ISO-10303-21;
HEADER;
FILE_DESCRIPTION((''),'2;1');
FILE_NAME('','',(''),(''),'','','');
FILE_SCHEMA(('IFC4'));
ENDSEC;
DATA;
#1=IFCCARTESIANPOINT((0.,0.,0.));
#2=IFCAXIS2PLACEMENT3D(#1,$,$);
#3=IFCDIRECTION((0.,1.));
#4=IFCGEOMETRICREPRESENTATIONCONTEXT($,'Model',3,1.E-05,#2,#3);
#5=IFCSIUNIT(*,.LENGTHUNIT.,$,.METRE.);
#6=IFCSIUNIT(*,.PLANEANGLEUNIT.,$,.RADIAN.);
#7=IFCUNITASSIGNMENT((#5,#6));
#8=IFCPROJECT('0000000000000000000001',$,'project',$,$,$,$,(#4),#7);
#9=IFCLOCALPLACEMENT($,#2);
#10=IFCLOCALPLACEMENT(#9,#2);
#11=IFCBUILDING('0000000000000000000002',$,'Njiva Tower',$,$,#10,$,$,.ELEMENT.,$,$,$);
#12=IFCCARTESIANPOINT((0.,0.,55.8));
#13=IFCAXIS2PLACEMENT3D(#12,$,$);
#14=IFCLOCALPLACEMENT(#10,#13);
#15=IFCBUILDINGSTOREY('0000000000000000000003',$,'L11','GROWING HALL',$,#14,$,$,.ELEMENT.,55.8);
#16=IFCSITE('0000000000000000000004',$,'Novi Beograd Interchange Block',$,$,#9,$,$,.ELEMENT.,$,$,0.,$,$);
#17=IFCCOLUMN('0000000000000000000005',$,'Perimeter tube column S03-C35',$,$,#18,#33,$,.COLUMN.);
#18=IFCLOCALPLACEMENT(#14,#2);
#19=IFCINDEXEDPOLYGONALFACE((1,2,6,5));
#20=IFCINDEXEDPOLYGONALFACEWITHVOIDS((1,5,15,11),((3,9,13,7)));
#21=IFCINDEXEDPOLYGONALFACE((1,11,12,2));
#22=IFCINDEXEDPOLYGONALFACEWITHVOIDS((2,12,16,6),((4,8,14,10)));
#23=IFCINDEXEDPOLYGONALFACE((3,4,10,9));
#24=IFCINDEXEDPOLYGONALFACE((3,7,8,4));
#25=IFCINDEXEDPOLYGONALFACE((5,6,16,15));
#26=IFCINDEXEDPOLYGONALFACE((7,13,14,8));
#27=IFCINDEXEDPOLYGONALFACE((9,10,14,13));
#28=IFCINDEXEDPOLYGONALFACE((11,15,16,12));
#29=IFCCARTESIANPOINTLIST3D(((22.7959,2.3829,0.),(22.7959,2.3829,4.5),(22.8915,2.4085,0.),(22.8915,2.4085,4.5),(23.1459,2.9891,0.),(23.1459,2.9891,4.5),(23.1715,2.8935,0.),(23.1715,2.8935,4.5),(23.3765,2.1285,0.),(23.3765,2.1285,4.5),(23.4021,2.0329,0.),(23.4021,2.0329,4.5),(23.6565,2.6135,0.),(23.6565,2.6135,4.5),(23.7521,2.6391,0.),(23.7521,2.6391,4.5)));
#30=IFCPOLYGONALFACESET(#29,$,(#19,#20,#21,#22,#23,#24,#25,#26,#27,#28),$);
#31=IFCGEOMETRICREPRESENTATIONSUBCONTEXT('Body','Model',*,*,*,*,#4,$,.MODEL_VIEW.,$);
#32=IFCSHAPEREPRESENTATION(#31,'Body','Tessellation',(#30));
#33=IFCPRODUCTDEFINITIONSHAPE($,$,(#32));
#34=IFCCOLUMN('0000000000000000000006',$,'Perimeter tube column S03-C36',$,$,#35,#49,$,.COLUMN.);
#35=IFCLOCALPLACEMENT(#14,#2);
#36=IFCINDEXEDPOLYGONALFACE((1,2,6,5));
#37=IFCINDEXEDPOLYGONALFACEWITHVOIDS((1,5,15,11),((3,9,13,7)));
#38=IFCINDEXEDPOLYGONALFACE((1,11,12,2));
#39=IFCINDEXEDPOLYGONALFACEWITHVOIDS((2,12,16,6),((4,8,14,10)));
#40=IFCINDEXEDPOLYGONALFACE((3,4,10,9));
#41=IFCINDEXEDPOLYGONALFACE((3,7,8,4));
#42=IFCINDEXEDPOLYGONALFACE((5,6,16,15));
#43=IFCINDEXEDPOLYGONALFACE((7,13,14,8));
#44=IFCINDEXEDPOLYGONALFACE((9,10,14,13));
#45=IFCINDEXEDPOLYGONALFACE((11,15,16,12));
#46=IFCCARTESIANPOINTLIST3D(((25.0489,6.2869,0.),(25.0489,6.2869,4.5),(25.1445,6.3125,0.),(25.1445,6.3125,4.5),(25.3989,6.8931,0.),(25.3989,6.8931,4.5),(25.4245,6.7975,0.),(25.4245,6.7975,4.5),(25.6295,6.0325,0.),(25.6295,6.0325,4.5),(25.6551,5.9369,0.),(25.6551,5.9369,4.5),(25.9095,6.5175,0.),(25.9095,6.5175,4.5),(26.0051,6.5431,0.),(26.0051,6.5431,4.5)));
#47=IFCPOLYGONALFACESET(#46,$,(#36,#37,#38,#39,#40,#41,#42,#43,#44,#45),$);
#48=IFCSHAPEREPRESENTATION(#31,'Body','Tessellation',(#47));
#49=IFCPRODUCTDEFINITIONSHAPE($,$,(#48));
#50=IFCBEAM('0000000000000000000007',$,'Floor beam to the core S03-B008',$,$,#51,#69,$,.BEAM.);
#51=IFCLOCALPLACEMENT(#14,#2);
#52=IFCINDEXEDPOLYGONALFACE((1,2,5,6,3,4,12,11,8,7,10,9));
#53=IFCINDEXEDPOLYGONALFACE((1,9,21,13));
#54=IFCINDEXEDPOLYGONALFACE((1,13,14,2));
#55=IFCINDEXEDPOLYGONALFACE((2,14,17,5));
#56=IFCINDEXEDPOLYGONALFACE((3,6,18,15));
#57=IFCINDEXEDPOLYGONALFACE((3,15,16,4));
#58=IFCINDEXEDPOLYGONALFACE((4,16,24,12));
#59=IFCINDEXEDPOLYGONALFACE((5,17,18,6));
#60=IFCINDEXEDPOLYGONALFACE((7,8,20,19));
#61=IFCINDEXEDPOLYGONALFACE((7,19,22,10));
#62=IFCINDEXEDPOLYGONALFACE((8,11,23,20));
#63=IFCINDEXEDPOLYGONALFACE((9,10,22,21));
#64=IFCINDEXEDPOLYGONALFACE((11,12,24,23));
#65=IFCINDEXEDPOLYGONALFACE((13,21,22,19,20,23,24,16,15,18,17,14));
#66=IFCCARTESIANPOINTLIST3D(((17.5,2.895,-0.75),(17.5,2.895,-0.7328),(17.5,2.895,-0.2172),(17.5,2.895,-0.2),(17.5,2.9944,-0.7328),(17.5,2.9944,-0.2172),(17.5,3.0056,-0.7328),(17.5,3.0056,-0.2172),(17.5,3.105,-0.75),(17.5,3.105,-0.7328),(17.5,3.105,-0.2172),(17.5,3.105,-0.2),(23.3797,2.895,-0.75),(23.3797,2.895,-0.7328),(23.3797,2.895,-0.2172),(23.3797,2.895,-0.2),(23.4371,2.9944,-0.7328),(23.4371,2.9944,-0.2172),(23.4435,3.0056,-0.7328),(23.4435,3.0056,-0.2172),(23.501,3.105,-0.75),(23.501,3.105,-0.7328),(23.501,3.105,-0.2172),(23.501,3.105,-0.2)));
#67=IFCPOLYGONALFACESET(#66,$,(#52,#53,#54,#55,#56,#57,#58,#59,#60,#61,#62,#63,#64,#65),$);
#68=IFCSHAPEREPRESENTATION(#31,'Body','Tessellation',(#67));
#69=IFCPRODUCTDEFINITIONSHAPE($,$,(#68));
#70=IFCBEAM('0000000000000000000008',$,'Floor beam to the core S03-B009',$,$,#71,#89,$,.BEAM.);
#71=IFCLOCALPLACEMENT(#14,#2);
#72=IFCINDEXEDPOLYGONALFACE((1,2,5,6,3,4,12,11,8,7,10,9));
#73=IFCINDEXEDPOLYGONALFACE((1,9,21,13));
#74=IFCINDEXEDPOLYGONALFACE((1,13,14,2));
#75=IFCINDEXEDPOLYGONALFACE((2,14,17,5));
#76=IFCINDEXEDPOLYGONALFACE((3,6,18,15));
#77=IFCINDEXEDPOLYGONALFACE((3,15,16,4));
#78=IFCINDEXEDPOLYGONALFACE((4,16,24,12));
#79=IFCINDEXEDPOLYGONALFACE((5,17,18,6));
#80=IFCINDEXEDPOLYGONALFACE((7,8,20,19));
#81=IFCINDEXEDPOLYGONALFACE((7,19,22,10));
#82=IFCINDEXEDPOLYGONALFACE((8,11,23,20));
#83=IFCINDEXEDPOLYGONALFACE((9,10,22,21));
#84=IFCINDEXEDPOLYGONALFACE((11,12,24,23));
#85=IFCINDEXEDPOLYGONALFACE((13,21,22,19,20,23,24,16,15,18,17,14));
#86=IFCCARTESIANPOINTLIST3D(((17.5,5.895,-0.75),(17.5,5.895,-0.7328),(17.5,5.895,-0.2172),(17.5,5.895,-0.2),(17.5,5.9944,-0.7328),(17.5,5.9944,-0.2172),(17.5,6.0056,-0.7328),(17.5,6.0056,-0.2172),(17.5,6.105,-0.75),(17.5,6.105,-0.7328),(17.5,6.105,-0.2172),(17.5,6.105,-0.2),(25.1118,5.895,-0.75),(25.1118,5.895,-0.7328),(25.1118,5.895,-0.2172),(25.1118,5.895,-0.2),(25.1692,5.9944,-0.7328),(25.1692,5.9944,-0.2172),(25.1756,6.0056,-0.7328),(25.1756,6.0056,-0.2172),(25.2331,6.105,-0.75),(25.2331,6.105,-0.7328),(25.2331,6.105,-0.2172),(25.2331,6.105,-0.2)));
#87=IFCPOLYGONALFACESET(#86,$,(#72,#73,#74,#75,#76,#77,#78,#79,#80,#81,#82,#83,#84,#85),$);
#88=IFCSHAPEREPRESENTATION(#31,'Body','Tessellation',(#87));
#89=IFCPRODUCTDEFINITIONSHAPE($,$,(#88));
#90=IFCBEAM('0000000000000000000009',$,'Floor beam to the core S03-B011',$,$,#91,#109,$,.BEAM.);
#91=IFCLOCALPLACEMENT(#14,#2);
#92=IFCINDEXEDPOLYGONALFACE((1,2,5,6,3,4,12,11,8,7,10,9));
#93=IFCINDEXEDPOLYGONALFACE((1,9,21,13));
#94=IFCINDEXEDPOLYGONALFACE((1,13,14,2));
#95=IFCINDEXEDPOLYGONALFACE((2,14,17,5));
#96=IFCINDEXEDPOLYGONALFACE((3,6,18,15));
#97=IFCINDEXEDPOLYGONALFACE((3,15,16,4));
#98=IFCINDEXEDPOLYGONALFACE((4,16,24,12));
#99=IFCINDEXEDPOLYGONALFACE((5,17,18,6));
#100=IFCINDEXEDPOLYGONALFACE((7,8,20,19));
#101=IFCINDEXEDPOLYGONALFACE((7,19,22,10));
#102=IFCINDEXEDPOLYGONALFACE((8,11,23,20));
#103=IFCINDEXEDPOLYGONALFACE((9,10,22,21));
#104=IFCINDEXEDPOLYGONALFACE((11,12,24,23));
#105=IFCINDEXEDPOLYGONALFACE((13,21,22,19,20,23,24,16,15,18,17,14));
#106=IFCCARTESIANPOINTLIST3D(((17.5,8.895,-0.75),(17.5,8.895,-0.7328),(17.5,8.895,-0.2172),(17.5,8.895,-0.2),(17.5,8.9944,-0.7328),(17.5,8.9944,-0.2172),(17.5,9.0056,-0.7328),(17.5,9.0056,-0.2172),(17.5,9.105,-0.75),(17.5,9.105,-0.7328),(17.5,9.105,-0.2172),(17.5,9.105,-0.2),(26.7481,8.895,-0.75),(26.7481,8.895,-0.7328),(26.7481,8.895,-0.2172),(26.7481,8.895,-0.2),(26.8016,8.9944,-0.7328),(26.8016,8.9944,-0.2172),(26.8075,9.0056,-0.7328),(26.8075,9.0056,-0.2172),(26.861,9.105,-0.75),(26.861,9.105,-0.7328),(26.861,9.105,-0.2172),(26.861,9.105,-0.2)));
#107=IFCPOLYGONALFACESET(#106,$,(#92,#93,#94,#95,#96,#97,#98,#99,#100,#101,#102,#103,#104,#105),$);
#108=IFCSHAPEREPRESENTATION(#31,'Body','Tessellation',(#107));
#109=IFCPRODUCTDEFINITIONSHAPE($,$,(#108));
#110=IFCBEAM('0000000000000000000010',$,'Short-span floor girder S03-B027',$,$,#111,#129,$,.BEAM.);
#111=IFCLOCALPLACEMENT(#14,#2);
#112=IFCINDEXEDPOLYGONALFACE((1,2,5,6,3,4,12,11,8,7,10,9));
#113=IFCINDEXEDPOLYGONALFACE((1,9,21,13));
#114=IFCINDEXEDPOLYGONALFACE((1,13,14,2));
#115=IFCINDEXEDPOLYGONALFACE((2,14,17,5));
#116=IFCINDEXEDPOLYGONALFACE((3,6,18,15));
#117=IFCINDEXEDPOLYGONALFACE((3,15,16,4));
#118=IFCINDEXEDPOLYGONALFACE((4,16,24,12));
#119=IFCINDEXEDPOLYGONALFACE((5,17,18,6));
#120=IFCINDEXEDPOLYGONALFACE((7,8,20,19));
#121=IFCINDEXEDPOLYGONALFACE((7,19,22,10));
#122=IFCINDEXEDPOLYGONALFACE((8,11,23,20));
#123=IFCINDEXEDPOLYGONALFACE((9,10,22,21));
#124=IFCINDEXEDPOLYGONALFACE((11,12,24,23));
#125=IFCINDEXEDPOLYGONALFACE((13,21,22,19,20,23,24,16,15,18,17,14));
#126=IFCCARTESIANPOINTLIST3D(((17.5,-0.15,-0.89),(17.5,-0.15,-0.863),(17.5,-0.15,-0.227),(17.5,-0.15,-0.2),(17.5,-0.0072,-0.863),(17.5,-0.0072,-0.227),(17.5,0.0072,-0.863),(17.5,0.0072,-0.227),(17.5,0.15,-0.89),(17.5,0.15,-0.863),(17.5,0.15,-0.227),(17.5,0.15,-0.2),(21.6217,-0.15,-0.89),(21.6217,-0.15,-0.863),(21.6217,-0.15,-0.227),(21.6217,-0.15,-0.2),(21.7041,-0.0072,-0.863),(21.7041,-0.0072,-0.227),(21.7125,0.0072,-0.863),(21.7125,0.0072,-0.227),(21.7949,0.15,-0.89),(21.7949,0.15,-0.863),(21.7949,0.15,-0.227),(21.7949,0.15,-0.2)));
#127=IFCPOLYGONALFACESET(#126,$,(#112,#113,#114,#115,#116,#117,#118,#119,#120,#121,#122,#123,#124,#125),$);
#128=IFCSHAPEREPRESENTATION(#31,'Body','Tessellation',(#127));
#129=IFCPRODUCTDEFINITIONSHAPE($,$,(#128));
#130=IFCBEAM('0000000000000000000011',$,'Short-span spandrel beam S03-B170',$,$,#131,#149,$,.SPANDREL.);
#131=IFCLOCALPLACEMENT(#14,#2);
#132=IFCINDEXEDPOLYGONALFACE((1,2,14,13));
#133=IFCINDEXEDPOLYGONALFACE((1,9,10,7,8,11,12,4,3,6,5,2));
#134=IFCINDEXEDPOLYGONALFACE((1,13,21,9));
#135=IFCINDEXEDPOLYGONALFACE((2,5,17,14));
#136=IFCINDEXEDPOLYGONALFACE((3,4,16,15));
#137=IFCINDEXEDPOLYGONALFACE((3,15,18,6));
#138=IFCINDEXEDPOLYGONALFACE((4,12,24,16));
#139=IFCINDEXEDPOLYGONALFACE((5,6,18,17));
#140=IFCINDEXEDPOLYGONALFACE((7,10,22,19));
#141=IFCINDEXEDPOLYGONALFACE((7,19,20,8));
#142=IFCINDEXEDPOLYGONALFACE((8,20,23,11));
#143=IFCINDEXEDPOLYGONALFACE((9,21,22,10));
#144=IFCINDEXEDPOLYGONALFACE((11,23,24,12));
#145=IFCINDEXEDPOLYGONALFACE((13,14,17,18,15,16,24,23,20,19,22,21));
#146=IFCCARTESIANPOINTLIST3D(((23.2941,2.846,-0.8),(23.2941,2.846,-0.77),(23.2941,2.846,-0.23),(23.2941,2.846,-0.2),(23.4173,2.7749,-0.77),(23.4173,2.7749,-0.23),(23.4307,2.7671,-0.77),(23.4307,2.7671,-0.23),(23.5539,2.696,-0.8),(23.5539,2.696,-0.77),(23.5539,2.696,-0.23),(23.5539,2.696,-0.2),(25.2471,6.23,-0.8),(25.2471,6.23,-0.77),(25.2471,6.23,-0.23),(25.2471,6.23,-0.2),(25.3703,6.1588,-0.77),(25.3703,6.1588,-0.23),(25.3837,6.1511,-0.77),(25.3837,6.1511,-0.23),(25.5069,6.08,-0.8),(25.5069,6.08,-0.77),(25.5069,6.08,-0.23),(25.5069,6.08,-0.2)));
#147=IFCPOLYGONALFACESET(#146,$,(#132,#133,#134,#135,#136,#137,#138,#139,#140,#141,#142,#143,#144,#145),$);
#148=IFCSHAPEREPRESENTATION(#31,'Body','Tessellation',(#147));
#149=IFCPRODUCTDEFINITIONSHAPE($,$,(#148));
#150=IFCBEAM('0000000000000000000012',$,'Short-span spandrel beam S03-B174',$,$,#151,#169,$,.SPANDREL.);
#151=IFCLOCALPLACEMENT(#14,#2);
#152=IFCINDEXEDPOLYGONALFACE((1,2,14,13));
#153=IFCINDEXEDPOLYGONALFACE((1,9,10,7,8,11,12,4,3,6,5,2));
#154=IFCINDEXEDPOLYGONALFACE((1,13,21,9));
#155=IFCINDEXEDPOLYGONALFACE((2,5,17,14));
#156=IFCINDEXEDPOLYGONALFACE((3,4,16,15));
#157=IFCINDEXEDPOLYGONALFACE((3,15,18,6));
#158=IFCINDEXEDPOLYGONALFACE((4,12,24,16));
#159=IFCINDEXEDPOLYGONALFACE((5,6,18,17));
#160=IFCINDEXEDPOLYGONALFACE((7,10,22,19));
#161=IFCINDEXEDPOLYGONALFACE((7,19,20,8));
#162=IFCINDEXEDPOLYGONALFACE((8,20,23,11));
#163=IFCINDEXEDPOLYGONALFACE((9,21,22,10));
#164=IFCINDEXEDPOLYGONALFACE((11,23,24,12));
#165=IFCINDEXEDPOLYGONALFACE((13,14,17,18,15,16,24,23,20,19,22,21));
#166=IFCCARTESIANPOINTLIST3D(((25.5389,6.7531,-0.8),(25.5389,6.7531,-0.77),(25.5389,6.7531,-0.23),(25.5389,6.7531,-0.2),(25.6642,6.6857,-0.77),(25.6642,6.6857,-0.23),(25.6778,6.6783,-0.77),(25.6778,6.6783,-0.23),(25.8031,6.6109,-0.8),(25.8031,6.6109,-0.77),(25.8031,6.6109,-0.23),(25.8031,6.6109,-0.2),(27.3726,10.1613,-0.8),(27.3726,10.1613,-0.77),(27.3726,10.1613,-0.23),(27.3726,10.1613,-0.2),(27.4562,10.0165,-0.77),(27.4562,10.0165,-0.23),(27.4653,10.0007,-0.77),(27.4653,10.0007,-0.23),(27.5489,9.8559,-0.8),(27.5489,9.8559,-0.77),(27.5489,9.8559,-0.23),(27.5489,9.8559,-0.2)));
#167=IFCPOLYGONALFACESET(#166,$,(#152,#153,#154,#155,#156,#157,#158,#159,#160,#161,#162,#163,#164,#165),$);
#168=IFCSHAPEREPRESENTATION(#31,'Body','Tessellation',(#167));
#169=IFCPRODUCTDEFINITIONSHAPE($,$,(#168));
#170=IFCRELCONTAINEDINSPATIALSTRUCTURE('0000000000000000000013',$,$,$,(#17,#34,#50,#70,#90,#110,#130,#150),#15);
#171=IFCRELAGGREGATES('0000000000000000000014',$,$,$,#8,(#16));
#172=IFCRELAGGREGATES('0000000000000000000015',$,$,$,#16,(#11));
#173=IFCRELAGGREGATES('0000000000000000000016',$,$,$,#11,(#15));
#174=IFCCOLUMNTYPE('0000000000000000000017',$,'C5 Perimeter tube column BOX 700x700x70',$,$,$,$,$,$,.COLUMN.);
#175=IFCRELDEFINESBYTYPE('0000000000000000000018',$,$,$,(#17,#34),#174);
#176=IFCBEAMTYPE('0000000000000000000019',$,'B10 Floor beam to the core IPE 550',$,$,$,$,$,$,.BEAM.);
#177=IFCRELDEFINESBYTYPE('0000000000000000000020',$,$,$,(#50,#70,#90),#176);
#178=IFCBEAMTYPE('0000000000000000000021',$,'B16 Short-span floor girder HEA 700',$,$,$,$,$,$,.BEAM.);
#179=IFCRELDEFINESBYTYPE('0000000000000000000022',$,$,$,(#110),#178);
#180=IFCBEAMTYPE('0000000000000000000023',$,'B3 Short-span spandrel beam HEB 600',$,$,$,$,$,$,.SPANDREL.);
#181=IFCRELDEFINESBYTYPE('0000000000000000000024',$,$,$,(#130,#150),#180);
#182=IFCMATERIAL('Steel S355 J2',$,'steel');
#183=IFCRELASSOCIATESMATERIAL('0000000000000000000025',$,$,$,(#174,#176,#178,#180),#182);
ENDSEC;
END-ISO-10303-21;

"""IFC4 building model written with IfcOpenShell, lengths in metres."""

from ifc_helpers import new_model, si_unit, direction, frame, origin, origin_2d, place, context, subcontext, project, spatial, hollow_rectangle, i_section, extrude, clip, halfspace, material, material_profile, profile_set, type_object, element, save


model = new_model("IFC4")

# Units and contexts
model_context = context("Model", 3, precision=1e-05, world=origin(), true_north=direction((0.0, 1.0)))
body_context = subcontext(model_context, "Body", "Model", "MODEL_VIEW")
ifc_project = project(units=[si_unit("LENGTHUNIT", "METRE"), si_unit("PLANEANGLEUNIT", "RADIAN")], contexts=[model_context])

# Site, building, storey
site_placement = place(None, origin())
site = spatial("IfcSite", under=ifc_project, at=site_placement, Name="Novi Beograd Interchange Block", CompositionType="ELEMENT", RefElevation=0.0)
building_placement = place(site_placement, origin())
building = spatial("IfcBuilding", under=site, at=building_placement, Name="Njiva Tower", CompositionType="ELEMENT")
storey_placement = place(building_placement, frame((0.0, 0.0, 55.8)))
storey = spatial("IfcBuildingStorey", under=building, at=storey_placement, Name="L11", Description="GROWING HALL", CompositionType="ELEMENT", Elevation=55.8)

# Columns
ifc_material_1 = material(Name="Steel S355 J2", Category="steel")
ifc_material_profile_1 = material_profile(ifc_material_1, hollow_rectangle(XDim=0.7, YDim=0.7, WallThickness=0.07, at=origin_2d()), Name="BOX 700x700x70")
ifc_profile_set_1 = profile_set([ifc_material_profile_1], Name="Steel S355 J2")
column_type = type_object("IfcColumnType", Name="C5 Perimeter tube column BOX 700x700x70", PredefinedType="COLUMN", material=ifc_profile_set_1)
for number, where, z_axis, x_axis, name in (
    (1, (23.274, 2.511, 0.0), (0.0, 0.0, 1.0), (0.5, 0.866025, 0.0), "Perimeter tube column S03-C35"),
    (2, (25.527, 6.415, 0.0), (0.0, 0.0, 1.0), (0.5, 0.866025, 0.0), "Perimeter tube column S03-C36"),
):
    element("IfcColumn", number, at=place(storey_placement, frame(where, z_axis=z_axis, x_axis=x_axis)), inside=storey, type_object=column_type, Name=name, PredefinedType="COLUMN", context=body_context, shape_type="SweptSolid", body=[
        extrude(hollow_rectangle(XDim=0.7, YDim=0.7, WallThickness=0.07, at=origin_2d()), origin(), (0.0, 0.0, 1.0), 4.5),
    ])

# Beams
ifc_material_profile_2 = material_profile(ifc_material_1, i_section(OverallWidth=0.21, OverallDepth=0.55, WebThickness=0.0111, FlangeThickness=0.0172, at=origin_2d()), Name="IPE 550")
ifc_profile_set_2 = profile_set([ifc_material_profile_2], Name="Steel S355 J2")
beam_type_1 = type_object("IfcBeamType", Name="B10 Floor beam to the core IPE 550", PredefinedType="BEAM", material=ifc_profile_set_2)
beam_1_placement = place(storey_placement, frame((17.5, 3.0, -0.475), z_axis=(1.0, 0.0, 0.0), x_axis=(0.0, 1.0, 0.0)))
element("IfcBeam", 3, at=beam_1_placement, inside=storey, type_object=beam_type_1, Name="Floor beam to the core S03-B008", PredefinedType="BEAM", context=body_context, shape_type="Clipping", body=[
    clip(extrude(i_section(OverallWidth=0.21, OverallDepth=0.55, WebThickness=0.0111, FlangeThickness=0.0172, at=origin_2d()), origin(), (0.0, 0.0, 1.0), 6.021), halfspace(frame((-0.025, 0.0, 5.9259), z_axis=(-0.499998, 0.0, 0.866027), x_axis=(0.0, 1.0, 0.0)), False)),
])
beam_2_placement = place(storey_placement, frame((17.5, 6.0, -0.475), z_axis=(1.0, 0.0, 0.0), x_axis=(0.0, 1.0, 0.0)))
element("IfcBeam", 4, at=beam_2_placement, inside=storey, type_object=beam_type_1, Name="Floor beam to the core S03-B009", PredefinedType="BEAM", context=body_context, shape_type="Clipping", body=[
    clip(extrude(i_section(OverallWidth=0.21, OverallDepth=0.55, WebThickness=0.0111, FlangeThickness=0.0172, at=origin_2d()), origin(), (0.0, 0.0, 1.0), 7.753), halfspace(frame((-0.025, 0.0, 7.658), z_axis=(-0.499998, 0.0, 0.866027), x_axis=(0.0, 1.0, 0.0)), False)),
])
beam_3_placement = place(storey_placement, frame((17.5, 9.0, -0.475), z_axis=(1.0, 0.0, 0.0), x_axis=(0.0, 1.0, 0.0)))
element("IfcBeam", 5, at=beam_3_placement, inside=storey, type_object=beam_type_1, Name="Floor beam to the core S03-B011", PredefinedType="BEAM", context=body_context, shape_type="Clipping", body=[
    clip(extrude(i_section(OverallWidth=0.21, OverallDepth=0.55, WebThickness=0.0111, FlangeThickness=0.0172, at=origin_2d()), origin(), (0.0, 0.0, 1.0), 9.381), halfspace(frame((-0.0237, 0.0, 9.2918), z_axis=(-0.473769, 0.0, 0.880649), x_axis=(0.0, 1.0, 0.0)), False)),
])
ifc_material_profile_3 = material_profile(ifc_material_1, i_section(OverallWidth=0.3, OverallDepth=0.69, WebThickness=0.0145, FlangeThickness=0.027, at=origin_2d()), Name="HEA 700")
ifc_profile_set_3 = profile_set([ifc_material_profile_3], Name="Steel S355 J2")
beam_type_2 = type_object("IfcBeamType", Name="B16 Short-span floor girder HEA 700", PredefinedType="BEAM", material=ifc_profile_set_3)
beam_4_placement = place(storey_placement, frame((17.5, 0.0, -0.545), z_axis=(1.0, 0.0, 0.0), x_axis=(0.0, 1.0, 0.0)))
element("IfcBeam", 6, at=beam_4_placement, inside=storey, type_object=beam_type_2, Name="Short-span floor girder S03-B027", PredefinedType="BEAM", context=body_context, shape_type="Clipping", body=[
    clip(extrude(i_section(OverallWidth=0.3, OverallDepth=0.69, WebThickness=0.0145, FlangeThickness=0.027, at=origin_2d()), origin(), (0.0, 0.0, 1.0), 4.315), halfspace(frame((-0.025, 0.0, 4.1939), z_axis=(-0.499998, 0.0, 0.866027), x_axis=(0.0, 1.0, 0.0)), False)),
])
ifc_material_profile_4 = material_profile(ifc_material_1, i_section(OverallWidth=0.3, OverallDepth=0.6, WebThickness=0.0155, FlangeThickness=0.03, at=origin_2d()), Name="HEB 600")
ifc_profile_set_4 = profile_set([ifc_material_profile_4], Name="Steel S355 J2")
beam_type_3 = type_object("IfcBeamType", Name="B3 Short-span spandrel beam HEB 600", PredefinedType="SPANDREL", material=ifc_profile_set_4)
beam_5_placement = place(storey_placement, frame((23.424, 2.771, -0.5), z_axis=(0.499855, 0.866109, 0.0), x_axis=(-0.866109, 0.499855, 0.0)))
element("IfcBeam", 7, at=beam_5_placement, inside=storey, type_object=beam_type_3, Name="Short-span spandrel beam S03-B170", PredefinedType="SPANDREL", context=body_context, shape_type="SweptSolid", body=[
    extrude(i_section(OverallWidth=0.3, OverallDepth=0.6, WebThickness=0.0155, FlangeThickness=0.03, at=origin_2d()), origin(), (0.0, 0.0, 1.0), 3.9071),
])
beam_6_placement = place(storey_placement, frame((25.671, 6.682, -0.5), z_axis=(0.4738, 0.880633, 0.0), x_axis=(-0.880633, 0.4738, 0.0)))
element("IfcBeam", 8, at=beam_6_placement, inside=storey, type_object=beam_type_3, Name="Short-span spandrel beam S03-B174", PredefinedType="SPANDREL", context=body_context, shape_type="Clipping", body=[
    clip(extrude(i_section(OverallWidth=0.3, OverallDepth=0.6, WebThickness=0.0155, FlangeThickness=0.03, at=origin_2d()), origin(), (0.0, 0.0, 1.0), 3.891), halfspace(frame((-0.0262, 0.0, 3.7613), z_axis=(-0.525752, 0.0, 0.850638), x_axis=(0.0, 1.0, 0.0)), False)),
])

save(model, "model.ifc")
